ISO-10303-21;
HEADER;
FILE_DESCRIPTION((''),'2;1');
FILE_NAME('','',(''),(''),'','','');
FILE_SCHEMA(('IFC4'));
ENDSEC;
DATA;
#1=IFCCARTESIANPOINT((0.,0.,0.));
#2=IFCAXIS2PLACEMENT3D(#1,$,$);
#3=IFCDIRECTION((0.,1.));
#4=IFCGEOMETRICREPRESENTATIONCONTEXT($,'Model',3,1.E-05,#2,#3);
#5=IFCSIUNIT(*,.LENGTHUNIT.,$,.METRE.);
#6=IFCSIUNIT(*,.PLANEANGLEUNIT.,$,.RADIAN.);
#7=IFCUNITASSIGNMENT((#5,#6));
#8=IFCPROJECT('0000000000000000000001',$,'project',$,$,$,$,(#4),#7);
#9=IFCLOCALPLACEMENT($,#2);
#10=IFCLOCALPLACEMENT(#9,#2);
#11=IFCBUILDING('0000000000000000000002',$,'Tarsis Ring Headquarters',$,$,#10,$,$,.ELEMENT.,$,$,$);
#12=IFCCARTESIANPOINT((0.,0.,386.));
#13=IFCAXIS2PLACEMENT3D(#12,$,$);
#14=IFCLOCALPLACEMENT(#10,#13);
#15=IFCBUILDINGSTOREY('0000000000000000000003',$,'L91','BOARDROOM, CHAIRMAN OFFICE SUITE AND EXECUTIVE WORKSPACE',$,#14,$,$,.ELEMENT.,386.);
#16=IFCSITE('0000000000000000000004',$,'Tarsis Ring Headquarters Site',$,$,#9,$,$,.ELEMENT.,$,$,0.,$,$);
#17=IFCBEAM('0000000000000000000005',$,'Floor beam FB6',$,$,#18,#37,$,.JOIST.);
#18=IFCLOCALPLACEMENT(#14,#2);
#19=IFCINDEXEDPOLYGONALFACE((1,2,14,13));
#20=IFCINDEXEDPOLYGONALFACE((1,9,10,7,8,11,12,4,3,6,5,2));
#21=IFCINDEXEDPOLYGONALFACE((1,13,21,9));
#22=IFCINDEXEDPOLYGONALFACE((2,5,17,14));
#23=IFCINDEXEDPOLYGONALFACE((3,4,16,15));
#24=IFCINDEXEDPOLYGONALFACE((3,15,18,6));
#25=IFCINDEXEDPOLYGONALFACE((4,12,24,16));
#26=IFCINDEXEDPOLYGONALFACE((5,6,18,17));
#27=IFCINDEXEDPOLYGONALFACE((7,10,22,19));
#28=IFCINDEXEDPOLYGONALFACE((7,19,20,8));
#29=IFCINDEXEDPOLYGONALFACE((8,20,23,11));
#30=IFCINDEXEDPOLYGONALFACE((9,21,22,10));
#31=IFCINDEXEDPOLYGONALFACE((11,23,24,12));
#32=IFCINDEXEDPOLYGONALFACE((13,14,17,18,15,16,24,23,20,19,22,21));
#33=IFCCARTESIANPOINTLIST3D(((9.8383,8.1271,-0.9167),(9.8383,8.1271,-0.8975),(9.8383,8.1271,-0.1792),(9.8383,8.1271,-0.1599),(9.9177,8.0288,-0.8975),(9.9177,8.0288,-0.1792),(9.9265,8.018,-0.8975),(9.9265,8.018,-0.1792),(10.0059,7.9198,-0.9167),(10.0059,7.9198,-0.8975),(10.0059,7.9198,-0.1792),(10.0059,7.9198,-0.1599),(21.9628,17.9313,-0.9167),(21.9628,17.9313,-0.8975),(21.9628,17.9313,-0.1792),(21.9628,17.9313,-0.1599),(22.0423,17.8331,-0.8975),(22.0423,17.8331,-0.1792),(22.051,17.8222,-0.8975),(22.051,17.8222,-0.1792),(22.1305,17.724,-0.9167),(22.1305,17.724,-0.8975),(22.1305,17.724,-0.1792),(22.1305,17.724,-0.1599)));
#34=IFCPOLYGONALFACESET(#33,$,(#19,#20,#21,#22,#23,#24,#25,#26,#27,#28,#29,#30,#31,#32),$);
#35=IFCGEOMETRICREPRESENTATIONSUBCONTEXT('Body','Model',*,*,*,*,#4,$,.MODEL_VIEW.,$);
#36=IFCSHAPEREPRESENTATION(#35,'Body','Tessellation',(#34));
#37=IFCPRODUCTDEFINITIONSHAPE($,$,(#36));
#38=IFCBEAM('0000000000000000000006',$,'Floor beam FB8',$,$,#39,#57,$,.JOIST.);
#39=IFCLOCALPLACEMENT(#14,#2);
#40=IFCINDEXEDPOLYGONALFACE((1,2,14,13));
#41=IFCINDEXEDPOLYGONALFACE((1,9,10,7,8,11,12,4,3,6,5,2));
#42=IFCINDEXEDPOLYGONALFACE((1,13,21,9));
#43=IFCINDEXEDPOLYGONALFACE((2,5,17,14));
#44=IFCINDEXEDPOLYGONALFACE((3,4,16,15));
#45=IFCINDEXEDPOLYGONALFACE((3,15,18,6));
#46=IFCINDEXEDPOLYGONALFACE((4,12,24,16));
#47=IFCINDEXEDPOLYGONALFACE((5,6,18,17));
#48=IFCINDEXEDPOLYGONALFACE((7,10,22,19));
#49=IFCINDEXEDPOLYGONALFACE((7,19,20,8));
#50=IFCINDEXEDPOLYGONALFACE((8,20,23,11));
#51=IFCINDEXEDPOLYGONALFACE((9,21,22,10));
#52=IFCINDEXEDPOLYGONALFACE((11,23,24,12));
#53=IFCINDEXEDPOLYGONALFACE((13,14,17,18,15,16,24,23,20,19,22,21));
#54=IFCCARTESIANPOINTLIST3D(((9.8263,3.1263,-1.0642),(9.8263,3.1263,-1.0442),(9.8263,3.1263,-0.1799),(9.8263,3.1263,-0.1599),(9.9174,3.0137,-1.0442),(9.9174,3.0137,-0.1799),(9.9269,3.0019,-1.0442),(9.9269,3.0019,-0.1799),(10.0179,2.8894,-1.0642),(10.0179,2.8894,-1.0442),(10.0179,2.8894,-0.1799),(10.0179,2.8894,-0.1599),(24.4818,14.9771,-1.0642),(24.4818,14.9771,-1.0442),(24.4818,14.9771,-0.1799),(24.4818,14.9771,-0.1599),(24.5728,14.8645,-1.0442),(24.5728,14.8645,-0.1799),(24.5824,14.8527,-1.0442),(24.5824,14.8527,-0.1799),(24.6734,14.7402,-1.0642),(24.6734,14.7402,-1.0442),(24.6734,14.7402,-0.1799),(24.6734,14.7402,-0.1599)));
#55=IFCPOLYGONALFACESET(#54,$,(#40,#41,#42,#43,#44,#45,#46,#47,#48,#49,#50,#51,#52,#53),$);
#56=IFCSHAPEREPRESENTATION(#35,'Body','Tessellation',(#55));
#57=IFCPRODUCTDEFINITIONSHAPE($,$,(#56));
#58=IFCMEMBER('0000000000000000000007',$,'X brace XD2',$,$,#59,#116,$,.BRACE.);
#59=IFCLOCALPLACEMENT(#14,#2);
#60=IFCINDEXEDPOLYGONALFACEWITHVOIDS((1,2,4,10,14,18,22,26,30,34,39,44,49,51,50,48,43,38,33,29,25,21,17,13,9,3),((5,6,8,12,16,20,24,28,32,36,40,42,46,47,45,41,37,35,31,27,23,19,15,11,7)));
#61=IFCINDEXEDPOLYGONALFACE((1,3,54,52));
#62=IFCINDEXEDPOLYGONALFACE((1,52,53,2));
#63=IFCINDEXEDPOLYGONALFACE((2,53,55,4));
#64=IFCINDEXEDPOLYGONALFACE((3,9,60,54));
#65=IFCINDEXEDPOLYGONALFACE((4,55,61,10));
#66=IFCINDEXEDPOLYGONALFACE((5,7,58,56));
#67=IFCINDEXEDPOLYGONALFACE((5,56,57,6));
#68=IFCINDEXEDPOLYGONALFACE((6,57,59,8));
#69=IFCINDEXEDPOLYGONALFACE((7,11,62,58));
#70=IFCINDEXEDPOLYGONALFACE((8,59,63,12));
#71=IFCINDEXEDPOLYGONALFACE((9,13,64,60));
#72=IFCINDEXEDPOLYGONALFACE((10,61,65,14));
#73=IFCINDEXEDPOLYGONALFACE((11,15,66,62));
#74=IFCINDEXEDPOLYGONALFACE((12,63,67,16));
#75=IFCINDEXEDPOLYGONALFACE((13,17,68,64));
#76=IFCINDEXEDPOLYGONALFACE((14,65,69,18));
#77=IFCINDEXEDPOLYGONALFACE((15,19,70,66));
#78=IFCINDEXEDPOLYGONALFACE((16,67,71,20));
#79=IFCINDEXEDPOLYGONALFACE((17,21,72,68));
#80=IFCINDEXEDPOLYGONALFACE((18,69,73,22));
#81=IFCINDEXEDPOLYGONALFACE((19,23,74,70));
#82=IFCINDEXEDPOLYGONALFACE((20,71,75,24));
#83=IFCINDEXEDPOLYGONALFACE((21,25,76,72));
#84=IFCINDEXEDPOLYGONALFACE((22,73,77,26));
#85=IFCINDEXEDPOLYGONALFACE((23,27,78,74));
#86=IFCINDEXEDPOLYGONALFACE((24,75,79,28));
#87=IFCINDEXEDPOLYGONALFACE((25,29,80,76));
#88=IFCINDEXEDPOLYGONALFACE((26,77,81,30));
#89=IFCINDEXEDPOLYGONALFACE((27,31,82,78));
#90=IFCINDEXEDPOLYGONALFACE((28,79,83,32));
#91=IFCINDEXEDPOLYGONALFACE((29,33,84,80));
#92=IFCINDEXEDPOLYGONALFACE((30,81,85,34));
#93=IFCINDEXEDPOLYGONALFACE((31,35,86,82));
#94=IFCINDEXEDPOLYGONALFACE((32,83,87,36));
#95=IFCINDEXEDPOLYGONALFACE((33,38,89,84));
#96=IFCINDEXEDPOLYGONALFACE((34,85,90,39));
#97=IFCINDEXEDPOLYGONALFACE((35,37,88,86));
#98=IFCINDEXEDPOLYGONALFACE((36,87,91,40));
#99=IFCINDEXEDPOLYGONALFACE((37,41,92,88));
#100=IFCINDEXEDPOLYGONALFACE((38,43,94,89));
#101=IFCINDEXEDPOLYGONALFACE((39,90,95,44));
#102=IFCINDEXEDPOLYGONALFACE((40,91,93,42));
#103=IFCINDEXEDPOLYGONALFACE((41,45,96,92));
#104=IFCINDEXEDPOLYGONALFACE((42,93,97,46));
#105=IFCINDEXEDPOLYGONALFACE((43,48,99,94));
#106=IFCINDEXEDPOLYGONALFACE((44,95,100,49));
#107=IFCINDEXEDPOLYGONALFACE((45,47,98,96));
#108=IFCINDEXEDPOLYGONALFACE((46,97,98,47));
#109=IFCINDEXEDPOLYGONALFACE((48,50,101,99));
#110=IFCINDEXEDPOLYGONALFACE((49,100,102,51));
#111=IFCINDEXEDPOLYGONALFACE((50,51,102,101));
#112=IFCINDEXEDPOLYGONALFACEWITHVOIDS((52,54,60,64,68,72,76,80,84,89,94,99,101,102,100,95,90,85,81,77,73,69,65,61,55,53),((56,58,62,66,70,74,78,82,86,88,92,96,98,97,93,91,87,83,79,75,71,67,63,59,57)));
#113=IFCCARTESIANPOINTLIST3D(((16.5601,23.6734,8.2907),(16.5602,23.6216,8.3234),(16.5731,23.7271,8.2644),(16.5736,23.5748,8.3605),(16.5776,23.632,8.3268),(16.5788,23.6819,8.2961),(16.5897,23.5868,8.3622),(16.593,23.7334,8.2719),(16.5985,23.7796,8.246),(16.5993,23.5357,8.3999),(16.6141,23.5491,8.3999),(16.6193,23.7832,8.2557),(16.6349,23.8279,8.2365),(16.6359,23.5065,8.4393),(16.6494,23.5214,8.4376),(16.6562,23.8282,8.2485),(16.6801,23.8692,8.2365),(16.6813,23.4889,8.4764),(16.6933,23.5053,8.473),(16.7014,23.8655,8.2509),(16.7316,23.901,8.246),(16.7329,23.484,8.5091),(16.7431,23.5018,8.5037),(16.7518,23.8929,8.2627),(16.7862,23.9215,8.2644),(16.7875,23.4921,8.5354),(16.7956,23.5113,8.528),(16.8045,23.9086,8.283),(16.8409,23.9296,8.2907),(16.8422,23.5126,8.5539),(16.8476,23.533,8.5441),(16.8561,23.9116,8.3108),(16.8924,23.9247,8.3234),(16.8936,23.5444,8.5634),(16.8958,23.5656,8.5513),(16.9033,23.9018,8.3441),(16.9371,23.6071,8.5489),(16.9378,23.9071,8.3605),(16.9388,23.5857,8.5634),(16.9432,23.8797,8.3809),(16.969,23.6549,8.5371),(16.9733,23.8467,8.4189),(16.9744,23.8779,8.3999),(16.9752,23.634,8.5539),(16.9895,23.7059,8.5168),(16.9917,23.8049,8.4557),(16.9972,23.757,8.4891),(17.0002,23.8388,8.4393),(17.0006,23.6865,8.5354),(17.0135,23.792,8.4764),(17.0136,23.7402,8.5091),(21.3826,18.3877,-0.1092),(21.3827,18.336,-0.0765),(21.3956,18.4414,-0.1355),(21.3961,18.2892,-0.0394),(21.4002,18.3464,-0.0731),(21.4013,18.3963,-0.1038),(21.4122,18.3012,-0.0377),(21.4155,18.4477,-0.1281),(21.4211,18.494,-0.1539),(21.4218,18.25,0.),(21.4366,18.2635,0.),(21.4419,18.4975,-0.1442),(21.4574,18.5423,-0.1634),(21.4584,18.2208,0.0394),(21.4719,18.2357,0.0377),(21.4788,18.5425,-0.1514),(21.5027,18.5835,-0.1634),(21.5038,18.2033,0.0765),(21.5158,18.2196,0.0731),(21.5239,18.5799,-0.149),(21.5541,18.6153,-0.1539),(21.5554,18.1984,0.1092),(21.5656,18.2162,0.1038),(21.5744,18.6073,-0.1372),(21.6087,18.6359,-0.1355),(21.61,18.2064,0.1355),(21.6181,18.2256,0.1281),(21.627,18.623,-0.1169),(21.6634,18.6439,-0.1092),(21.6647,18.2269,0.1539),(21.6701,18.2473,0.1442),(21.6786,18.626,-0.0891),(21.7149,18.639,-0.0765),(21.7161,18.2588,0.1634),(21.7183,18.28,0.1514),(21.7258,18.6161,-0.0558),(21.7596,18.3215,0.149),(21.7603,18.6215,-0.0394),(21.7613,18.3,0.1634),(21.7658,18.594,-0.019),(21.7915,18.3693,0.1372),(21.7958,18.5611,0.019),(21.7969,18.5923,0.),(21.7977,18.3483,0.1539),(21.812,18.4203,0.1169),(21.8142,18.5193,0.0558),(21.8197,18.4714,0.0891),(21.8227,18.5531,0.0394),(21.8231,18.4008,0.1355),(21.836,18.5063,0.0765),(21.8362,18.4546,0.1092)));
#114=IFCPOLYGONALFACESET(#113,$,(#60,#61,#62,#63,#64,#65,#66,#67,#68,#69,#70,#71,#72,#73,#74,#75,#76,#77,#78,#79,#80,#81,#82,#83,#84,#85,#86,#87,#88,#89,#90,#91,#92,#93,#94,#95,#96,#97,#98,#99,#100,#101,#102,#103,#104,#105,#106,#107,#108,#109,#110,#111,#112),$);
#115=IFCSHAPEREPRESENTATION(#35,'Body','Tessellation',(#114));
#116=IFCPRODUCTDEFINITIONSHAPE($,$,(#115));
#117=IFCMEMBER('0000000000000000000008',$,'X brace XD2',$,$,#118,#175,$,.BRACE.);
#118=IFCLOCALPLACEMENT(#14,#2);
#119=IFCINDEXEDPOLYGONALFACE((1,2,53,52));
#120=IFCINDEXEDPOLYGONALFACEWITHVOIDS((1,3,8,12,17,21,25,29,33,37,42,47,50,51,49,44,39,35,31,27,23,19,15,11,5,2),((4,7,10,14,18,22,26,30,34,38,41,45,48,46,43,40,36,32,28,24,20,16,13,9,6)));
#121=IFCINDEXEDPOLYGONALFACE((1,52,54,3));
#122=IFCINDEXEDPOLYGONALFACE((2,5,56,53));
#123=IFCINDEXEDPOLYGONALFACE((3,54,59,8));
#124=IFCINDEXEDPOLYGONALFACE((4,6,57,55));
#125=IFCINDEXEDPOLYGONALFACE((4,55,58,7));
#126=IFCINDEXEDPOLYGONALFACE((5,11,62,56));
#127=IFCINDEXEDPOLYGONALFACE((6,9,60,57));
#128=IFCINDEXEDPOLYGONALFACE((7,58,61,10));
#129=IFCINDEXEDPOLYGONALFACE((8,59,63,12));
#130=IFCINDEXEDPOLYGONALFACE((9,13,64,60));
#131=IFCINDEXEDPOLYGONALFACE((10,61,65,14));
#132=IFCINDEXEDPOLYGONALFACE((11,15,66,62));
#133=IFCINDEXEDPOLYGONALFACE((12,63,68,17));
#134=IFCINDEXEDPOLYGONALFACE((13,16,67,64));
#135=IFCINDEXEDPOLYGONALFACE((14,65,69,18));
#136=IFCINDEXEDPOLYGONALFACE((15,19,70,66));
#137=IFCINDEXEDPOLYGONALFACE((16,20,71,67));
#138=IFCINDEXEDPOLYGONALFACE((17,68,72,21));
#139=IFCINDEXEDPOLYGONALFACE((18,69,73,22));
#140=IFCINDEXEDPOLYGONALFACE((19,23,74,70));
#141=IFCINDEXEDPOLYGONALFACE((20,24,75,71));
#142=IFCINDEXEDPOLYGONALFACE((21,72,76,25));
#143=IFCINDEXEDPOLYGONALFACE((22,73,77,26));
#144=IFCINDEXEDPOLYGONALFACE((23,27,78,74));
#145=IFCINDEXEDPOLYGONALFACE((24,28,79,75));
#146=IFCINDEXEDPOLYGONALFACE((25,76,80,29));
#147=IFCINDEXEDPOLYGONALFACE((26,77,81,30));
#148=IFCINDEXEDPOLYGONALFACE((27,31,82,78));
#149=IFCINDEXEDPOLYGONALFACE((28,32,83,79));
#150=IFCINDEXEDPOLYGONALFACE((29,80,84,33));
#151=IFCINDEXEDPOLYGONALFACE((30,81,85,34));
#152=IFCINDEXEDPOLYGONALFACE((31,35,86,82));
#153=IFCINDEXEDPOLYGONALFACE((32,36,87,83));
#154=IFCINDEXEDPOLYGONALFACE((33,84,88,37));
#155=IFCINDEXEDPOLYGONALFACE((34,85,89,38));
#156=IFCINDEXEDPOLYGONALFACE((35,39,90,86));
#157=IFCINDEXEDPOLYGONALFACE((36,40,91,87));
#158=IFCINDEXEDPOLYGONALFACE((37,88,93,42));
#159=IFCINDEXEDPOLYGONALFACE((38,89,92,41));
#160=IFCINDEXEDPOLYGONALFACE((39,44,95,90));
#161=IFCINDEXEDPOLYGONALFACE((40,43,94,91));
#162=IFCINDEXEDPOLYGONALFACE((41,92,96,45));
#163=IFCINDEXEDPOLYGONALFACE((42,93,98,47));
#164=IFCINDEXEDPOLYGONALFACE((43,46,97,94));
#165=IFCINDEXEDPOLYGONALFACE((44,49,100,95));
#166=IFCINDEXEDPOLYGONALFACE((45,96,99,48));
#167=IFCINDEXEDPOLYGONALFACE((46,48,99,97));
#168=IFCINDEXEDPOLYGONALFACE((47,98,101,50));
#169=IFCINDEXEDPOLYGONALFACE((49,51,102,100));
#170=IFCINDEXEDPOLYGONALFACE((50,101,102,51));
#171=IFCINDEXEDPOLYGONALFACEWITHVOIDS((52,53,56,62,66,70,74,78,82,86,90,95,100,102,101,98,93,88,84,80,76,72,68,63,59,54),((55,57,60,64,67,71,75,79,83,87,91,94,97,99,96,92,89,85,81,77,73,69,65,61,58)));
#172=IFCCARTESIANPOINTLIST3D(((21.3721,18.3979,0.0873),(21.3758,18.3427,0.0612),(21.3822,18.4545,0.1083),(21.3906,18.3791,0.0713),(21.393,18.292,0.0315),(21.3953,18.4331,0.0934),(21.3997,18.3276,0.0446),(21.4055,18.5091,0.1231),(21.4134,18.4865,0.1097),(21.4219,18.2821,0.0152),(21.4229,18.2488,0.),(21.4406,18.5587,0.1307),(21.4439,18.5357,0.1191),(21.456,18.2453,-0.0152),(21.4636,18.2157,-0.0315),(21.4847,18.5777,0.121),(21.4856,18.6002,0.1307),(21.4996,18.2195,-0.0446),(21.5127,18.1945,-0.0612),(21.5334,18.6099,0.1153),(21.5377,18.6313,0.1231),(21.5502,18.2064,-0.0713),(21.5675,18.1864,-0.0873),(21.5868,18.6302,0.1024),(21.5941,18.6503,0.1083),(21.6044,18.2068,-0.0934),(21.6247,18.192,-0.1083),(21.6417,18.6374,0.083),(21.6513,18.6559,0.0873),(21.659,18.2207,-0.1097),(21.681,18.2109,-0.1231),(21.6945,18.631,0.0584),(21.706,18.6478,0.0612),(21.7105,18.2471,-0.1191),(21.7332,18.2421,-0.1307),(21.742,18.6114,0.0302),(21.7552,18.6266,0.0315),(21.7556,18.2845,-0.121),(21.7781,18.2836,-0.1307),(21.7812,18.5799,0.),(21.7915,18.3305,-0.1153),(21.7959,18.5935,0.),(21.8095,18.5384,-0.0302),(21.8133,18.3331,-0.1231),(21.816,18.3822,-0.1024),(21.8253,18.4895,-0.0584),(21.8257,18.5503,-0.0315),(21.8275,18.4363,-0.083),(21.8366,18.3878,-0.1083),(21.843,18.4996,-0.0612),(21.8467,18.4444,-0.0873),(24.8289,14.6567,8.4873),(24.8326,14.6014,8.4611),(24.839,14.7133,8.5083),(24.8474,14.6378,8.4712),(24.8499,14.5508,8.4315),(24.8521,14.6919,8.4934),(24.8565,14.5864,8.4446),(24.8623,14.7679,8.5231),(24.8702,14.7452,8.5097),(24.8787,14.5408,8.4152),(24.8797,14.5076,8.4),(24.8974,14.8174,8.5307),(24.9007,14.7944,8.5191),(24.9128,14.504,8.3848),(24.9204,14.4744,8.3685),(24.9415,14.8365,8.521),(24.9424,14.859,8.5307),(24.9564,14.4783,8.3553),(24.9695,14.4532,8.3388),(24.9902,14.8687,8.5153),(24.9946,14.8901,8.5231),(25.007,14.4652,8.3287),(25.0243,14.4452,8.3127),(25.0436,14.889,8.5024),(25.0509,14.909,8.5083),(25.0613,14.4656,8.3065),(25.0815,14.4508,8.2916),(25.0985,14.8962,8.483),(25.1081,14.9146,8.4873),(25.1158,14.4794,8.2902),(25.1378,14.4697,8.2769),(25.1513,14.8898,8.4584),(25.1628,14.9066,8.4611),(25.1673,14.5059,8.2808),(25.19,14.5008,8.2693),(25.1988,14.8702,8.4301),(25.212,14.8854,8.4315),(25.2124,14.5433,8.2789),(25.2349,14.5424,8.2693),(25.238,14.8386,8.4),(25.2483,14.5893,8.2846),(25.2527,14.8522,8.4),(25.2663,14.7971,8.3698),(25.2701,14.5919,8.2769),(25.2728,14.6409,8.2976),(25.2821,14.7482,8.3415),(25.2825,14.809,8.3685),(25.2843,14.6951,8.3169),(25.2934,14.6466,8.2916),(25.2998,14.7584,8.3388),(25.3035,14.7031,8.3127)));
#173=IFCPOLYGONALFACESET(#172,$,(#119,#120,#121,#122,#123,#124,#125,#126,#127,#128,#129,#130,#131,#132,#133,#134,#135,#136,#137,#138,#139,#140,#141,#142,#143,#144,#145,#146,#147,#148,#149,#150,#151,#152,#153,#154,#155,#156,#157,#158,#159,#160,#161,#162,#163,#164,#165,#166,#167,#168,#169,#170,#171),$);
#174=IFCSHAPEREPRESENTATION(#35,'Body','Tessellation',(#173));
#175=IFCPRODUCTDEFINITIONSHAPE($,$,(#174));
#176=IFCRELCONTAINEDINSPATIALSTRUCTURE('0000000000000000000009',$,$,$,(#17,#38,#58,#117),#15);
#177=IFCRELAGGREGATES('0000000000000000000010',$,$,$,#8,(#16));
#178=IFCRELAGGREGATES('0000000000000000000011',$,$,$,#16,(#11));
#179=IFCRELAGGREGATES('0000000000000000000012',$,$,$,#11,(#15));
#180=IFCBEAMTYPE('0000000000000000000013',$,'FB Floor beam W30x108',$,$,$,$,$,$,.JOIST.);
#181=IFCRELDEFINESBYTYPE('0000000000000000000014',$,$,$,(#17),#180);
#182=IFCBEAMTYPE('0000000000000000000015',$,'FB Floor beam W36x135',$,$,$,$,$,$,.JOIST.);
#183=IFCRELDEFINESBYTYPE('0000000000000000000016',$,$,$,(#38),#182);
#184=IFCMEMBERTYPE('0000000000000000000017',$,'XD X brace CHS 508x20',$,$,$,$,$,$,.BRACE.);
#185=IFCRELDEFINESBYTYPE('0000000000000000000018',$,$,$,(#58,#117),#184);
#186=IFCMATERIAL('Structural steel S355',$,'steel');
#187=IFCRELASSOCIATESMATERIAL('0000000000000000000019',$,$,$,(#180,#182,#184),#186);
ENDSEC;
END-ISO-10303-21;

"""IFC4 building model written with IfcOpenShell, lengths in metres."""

from ifc_helpers import new_model, si_unit, direction, frame, origin, origin_2d, place, context, subcontext, project, spatial, hollow_circle, i_section, extrude, material, material_profile, profile_set, type_object, element, save


model = new_model("IFC4")

# Units and contexts
model_context = context("Model", 3, precision=1e-05, world=origin(), true_north=direction((0.0, 1.0)))
body_context = subcontext(model_context, "Body", "Model", "MODEL_VIEW")
ifc_project = project(units=[si_unit("LENGTHUNIT", "METRE"), si_unit("PLANEANGLEUNIT", "RADIAN")], contexts=[model_context])

# Site, building, storey
site_placement = place(None, origin())
site = spatial("IfcSite", under=ifc_project, at=site_placement, Name="Tarsis Ring Headquarters Site", CompositionType="ELEMENT", RefElevation=0.0)
building_placement = place(site_placement, origin())
building = spatial("IfcBuilding", under=site, at=building_placement, Name="Tarsis Ring Headquarters", CompositionType="ELEMENT")
storey_placement = place(building_placement, frame((0.0, 0.0, 386.0)))
storey = spatial("IfcBuildingStorey", under=building, at=storey_placement, Name="L91", Description="BOARDROOM, CHAIRMAN OFFICE SUITE AND EXECUTIVE WORKSPACE", CompositionType="ELEMENT", Elevation=386.0)

# Shared definitions
ifc_material_1 = material(Name="Structural steel S355", Category="steel")

# Beams
ifc_material_profile_1 = material_profile(ifc_material_1, i_section(OverallWidth=0.2666, OverallDepth=0.7568, WebThickness=0.0139, FlangeThickness=0.0193, at=origin_2d()), Name="W30x108")
ifc_profile_set_1 = profile_set([ifc_material_profile_1], Name="Structural steel S355")
beam_type_1 = type_object("IfcBeamType", Name="FB Floor beam W30x108", PredefinedType="JOIST", material=ifc_profile_set_1)
beam_1_placement = place(storey_placement, frame((9.9221, 8.0234, -0.5383), z_axis=(0.777586, 0.628777, 0.0), x_axis=(-0.628777, 0.777586, 0.0)))
element("IfcBeam", 1, at=beam_1_placement, inside=storey, type_object=beam_type_1, Name="Floor beam FB6", PredefinedType="JOIST", context=body_context, shape_type="SweptSolid", body=[
    extrude(i_section(OverallWidth=0.2666, OverallDepth=0.7568, WebThickness=0.0139, FlangeThickness=0.0193, at=origin_2d()), origin(), (0.0, 0.0, 1.0), 15.5925),
])
ifc_material_profile_2 = material_profile(ifc_material_1, i_section(OverallWidth=0.3047, OverallDepth=0.9043, WebThickness=0.0151, FlangeThickness=0.02, at=origin_2d()), Name="W36x135")
ifc_profile_set_2 = profile_set([ifc_material_profile_2], Name="Structural steel S355")
beam_type_2 = type_object("IfcBeamType", Name="FB Floor beam W36x135", PredefinedType="JOIST", material=ifc_profile_set_2)
beam_2_placement = place(storey_placement, frame((9.9221, 3.0078, -0.6121), z_axis=(0.777586, 0.628776, 0.0), x_axis=(-0.628776, 0.777586, 0.0)))
element("IfcBeam", 2, at=beam_2_placement, inside=storey, type_object=beam_type_2, Name="Floor beam FB8", PredefinedType="JOIST", context=body_context, shape_type="SweptSolid", body=[
    extrude(i_section(OverallWidth=0.3047, OverallDepth=0.9043, WebThickness=0.0151, FlangeThickness=0.02, at=origin_2d()), origin(), (0.0, 0.0, 1.0), 18.8474),
])

# Members
ifc_material_profile_3 = material_profile(ifc_material_1, hollow_circle(Radius=0.2539, WallThickness=0.02, at=origin_2d()), Name="CHS 508x20")
ifc_profile_set_3 = profile_set([ifc_material_profile_3], Name="Structural steel S355")
member_type = type_object("IfcMemberType", Name="XD X brace CHS 508x20", PredefinedType="BRACE", material=ifc_profile_set_3)
member_1_placement = place(storey_placement, frame((21.6094, 18.4211, 0.0), z_axis=(-0.437052, 0.479025, 0.761262), x_axis=(-0.73873, -0.674002, 0.0)))
element("IfcMember", 3, at=member_1_placement, inside=storey, type_object=member_type, Name="X brace XD2", PredefinedType="BRACE", context=body_context, shape_type="SweptSolid", body=[
    extrude(hollow_circle(Radius=0.2539, WallThickness=0.02, at=origin_2d()), origin(), (0.0, 0.0, 1.0), 11.0342),
])
member_2_placement = place(storey_placement, frame((21.6094, 18.4211, 0.0), z_axis=(0.351884, -0.380837, 0.855068), x_axis=(0.734474, 0.678636, 0.0)))
element("IfcMember", 4, at=member_2_placement, inside=storey, type_object=member_type, Name="X brace XD2", PredefinedType="BRACE", context=body_context, shape_type="SweptSolid", body=[
    extrude(hollow_circle(Radius=0.2539, WallThickness=0.02, at=origin_2d()), origin(), (0.0, 0.0, 1.0), 9.8237),
])

save(model, "model.ifc")
